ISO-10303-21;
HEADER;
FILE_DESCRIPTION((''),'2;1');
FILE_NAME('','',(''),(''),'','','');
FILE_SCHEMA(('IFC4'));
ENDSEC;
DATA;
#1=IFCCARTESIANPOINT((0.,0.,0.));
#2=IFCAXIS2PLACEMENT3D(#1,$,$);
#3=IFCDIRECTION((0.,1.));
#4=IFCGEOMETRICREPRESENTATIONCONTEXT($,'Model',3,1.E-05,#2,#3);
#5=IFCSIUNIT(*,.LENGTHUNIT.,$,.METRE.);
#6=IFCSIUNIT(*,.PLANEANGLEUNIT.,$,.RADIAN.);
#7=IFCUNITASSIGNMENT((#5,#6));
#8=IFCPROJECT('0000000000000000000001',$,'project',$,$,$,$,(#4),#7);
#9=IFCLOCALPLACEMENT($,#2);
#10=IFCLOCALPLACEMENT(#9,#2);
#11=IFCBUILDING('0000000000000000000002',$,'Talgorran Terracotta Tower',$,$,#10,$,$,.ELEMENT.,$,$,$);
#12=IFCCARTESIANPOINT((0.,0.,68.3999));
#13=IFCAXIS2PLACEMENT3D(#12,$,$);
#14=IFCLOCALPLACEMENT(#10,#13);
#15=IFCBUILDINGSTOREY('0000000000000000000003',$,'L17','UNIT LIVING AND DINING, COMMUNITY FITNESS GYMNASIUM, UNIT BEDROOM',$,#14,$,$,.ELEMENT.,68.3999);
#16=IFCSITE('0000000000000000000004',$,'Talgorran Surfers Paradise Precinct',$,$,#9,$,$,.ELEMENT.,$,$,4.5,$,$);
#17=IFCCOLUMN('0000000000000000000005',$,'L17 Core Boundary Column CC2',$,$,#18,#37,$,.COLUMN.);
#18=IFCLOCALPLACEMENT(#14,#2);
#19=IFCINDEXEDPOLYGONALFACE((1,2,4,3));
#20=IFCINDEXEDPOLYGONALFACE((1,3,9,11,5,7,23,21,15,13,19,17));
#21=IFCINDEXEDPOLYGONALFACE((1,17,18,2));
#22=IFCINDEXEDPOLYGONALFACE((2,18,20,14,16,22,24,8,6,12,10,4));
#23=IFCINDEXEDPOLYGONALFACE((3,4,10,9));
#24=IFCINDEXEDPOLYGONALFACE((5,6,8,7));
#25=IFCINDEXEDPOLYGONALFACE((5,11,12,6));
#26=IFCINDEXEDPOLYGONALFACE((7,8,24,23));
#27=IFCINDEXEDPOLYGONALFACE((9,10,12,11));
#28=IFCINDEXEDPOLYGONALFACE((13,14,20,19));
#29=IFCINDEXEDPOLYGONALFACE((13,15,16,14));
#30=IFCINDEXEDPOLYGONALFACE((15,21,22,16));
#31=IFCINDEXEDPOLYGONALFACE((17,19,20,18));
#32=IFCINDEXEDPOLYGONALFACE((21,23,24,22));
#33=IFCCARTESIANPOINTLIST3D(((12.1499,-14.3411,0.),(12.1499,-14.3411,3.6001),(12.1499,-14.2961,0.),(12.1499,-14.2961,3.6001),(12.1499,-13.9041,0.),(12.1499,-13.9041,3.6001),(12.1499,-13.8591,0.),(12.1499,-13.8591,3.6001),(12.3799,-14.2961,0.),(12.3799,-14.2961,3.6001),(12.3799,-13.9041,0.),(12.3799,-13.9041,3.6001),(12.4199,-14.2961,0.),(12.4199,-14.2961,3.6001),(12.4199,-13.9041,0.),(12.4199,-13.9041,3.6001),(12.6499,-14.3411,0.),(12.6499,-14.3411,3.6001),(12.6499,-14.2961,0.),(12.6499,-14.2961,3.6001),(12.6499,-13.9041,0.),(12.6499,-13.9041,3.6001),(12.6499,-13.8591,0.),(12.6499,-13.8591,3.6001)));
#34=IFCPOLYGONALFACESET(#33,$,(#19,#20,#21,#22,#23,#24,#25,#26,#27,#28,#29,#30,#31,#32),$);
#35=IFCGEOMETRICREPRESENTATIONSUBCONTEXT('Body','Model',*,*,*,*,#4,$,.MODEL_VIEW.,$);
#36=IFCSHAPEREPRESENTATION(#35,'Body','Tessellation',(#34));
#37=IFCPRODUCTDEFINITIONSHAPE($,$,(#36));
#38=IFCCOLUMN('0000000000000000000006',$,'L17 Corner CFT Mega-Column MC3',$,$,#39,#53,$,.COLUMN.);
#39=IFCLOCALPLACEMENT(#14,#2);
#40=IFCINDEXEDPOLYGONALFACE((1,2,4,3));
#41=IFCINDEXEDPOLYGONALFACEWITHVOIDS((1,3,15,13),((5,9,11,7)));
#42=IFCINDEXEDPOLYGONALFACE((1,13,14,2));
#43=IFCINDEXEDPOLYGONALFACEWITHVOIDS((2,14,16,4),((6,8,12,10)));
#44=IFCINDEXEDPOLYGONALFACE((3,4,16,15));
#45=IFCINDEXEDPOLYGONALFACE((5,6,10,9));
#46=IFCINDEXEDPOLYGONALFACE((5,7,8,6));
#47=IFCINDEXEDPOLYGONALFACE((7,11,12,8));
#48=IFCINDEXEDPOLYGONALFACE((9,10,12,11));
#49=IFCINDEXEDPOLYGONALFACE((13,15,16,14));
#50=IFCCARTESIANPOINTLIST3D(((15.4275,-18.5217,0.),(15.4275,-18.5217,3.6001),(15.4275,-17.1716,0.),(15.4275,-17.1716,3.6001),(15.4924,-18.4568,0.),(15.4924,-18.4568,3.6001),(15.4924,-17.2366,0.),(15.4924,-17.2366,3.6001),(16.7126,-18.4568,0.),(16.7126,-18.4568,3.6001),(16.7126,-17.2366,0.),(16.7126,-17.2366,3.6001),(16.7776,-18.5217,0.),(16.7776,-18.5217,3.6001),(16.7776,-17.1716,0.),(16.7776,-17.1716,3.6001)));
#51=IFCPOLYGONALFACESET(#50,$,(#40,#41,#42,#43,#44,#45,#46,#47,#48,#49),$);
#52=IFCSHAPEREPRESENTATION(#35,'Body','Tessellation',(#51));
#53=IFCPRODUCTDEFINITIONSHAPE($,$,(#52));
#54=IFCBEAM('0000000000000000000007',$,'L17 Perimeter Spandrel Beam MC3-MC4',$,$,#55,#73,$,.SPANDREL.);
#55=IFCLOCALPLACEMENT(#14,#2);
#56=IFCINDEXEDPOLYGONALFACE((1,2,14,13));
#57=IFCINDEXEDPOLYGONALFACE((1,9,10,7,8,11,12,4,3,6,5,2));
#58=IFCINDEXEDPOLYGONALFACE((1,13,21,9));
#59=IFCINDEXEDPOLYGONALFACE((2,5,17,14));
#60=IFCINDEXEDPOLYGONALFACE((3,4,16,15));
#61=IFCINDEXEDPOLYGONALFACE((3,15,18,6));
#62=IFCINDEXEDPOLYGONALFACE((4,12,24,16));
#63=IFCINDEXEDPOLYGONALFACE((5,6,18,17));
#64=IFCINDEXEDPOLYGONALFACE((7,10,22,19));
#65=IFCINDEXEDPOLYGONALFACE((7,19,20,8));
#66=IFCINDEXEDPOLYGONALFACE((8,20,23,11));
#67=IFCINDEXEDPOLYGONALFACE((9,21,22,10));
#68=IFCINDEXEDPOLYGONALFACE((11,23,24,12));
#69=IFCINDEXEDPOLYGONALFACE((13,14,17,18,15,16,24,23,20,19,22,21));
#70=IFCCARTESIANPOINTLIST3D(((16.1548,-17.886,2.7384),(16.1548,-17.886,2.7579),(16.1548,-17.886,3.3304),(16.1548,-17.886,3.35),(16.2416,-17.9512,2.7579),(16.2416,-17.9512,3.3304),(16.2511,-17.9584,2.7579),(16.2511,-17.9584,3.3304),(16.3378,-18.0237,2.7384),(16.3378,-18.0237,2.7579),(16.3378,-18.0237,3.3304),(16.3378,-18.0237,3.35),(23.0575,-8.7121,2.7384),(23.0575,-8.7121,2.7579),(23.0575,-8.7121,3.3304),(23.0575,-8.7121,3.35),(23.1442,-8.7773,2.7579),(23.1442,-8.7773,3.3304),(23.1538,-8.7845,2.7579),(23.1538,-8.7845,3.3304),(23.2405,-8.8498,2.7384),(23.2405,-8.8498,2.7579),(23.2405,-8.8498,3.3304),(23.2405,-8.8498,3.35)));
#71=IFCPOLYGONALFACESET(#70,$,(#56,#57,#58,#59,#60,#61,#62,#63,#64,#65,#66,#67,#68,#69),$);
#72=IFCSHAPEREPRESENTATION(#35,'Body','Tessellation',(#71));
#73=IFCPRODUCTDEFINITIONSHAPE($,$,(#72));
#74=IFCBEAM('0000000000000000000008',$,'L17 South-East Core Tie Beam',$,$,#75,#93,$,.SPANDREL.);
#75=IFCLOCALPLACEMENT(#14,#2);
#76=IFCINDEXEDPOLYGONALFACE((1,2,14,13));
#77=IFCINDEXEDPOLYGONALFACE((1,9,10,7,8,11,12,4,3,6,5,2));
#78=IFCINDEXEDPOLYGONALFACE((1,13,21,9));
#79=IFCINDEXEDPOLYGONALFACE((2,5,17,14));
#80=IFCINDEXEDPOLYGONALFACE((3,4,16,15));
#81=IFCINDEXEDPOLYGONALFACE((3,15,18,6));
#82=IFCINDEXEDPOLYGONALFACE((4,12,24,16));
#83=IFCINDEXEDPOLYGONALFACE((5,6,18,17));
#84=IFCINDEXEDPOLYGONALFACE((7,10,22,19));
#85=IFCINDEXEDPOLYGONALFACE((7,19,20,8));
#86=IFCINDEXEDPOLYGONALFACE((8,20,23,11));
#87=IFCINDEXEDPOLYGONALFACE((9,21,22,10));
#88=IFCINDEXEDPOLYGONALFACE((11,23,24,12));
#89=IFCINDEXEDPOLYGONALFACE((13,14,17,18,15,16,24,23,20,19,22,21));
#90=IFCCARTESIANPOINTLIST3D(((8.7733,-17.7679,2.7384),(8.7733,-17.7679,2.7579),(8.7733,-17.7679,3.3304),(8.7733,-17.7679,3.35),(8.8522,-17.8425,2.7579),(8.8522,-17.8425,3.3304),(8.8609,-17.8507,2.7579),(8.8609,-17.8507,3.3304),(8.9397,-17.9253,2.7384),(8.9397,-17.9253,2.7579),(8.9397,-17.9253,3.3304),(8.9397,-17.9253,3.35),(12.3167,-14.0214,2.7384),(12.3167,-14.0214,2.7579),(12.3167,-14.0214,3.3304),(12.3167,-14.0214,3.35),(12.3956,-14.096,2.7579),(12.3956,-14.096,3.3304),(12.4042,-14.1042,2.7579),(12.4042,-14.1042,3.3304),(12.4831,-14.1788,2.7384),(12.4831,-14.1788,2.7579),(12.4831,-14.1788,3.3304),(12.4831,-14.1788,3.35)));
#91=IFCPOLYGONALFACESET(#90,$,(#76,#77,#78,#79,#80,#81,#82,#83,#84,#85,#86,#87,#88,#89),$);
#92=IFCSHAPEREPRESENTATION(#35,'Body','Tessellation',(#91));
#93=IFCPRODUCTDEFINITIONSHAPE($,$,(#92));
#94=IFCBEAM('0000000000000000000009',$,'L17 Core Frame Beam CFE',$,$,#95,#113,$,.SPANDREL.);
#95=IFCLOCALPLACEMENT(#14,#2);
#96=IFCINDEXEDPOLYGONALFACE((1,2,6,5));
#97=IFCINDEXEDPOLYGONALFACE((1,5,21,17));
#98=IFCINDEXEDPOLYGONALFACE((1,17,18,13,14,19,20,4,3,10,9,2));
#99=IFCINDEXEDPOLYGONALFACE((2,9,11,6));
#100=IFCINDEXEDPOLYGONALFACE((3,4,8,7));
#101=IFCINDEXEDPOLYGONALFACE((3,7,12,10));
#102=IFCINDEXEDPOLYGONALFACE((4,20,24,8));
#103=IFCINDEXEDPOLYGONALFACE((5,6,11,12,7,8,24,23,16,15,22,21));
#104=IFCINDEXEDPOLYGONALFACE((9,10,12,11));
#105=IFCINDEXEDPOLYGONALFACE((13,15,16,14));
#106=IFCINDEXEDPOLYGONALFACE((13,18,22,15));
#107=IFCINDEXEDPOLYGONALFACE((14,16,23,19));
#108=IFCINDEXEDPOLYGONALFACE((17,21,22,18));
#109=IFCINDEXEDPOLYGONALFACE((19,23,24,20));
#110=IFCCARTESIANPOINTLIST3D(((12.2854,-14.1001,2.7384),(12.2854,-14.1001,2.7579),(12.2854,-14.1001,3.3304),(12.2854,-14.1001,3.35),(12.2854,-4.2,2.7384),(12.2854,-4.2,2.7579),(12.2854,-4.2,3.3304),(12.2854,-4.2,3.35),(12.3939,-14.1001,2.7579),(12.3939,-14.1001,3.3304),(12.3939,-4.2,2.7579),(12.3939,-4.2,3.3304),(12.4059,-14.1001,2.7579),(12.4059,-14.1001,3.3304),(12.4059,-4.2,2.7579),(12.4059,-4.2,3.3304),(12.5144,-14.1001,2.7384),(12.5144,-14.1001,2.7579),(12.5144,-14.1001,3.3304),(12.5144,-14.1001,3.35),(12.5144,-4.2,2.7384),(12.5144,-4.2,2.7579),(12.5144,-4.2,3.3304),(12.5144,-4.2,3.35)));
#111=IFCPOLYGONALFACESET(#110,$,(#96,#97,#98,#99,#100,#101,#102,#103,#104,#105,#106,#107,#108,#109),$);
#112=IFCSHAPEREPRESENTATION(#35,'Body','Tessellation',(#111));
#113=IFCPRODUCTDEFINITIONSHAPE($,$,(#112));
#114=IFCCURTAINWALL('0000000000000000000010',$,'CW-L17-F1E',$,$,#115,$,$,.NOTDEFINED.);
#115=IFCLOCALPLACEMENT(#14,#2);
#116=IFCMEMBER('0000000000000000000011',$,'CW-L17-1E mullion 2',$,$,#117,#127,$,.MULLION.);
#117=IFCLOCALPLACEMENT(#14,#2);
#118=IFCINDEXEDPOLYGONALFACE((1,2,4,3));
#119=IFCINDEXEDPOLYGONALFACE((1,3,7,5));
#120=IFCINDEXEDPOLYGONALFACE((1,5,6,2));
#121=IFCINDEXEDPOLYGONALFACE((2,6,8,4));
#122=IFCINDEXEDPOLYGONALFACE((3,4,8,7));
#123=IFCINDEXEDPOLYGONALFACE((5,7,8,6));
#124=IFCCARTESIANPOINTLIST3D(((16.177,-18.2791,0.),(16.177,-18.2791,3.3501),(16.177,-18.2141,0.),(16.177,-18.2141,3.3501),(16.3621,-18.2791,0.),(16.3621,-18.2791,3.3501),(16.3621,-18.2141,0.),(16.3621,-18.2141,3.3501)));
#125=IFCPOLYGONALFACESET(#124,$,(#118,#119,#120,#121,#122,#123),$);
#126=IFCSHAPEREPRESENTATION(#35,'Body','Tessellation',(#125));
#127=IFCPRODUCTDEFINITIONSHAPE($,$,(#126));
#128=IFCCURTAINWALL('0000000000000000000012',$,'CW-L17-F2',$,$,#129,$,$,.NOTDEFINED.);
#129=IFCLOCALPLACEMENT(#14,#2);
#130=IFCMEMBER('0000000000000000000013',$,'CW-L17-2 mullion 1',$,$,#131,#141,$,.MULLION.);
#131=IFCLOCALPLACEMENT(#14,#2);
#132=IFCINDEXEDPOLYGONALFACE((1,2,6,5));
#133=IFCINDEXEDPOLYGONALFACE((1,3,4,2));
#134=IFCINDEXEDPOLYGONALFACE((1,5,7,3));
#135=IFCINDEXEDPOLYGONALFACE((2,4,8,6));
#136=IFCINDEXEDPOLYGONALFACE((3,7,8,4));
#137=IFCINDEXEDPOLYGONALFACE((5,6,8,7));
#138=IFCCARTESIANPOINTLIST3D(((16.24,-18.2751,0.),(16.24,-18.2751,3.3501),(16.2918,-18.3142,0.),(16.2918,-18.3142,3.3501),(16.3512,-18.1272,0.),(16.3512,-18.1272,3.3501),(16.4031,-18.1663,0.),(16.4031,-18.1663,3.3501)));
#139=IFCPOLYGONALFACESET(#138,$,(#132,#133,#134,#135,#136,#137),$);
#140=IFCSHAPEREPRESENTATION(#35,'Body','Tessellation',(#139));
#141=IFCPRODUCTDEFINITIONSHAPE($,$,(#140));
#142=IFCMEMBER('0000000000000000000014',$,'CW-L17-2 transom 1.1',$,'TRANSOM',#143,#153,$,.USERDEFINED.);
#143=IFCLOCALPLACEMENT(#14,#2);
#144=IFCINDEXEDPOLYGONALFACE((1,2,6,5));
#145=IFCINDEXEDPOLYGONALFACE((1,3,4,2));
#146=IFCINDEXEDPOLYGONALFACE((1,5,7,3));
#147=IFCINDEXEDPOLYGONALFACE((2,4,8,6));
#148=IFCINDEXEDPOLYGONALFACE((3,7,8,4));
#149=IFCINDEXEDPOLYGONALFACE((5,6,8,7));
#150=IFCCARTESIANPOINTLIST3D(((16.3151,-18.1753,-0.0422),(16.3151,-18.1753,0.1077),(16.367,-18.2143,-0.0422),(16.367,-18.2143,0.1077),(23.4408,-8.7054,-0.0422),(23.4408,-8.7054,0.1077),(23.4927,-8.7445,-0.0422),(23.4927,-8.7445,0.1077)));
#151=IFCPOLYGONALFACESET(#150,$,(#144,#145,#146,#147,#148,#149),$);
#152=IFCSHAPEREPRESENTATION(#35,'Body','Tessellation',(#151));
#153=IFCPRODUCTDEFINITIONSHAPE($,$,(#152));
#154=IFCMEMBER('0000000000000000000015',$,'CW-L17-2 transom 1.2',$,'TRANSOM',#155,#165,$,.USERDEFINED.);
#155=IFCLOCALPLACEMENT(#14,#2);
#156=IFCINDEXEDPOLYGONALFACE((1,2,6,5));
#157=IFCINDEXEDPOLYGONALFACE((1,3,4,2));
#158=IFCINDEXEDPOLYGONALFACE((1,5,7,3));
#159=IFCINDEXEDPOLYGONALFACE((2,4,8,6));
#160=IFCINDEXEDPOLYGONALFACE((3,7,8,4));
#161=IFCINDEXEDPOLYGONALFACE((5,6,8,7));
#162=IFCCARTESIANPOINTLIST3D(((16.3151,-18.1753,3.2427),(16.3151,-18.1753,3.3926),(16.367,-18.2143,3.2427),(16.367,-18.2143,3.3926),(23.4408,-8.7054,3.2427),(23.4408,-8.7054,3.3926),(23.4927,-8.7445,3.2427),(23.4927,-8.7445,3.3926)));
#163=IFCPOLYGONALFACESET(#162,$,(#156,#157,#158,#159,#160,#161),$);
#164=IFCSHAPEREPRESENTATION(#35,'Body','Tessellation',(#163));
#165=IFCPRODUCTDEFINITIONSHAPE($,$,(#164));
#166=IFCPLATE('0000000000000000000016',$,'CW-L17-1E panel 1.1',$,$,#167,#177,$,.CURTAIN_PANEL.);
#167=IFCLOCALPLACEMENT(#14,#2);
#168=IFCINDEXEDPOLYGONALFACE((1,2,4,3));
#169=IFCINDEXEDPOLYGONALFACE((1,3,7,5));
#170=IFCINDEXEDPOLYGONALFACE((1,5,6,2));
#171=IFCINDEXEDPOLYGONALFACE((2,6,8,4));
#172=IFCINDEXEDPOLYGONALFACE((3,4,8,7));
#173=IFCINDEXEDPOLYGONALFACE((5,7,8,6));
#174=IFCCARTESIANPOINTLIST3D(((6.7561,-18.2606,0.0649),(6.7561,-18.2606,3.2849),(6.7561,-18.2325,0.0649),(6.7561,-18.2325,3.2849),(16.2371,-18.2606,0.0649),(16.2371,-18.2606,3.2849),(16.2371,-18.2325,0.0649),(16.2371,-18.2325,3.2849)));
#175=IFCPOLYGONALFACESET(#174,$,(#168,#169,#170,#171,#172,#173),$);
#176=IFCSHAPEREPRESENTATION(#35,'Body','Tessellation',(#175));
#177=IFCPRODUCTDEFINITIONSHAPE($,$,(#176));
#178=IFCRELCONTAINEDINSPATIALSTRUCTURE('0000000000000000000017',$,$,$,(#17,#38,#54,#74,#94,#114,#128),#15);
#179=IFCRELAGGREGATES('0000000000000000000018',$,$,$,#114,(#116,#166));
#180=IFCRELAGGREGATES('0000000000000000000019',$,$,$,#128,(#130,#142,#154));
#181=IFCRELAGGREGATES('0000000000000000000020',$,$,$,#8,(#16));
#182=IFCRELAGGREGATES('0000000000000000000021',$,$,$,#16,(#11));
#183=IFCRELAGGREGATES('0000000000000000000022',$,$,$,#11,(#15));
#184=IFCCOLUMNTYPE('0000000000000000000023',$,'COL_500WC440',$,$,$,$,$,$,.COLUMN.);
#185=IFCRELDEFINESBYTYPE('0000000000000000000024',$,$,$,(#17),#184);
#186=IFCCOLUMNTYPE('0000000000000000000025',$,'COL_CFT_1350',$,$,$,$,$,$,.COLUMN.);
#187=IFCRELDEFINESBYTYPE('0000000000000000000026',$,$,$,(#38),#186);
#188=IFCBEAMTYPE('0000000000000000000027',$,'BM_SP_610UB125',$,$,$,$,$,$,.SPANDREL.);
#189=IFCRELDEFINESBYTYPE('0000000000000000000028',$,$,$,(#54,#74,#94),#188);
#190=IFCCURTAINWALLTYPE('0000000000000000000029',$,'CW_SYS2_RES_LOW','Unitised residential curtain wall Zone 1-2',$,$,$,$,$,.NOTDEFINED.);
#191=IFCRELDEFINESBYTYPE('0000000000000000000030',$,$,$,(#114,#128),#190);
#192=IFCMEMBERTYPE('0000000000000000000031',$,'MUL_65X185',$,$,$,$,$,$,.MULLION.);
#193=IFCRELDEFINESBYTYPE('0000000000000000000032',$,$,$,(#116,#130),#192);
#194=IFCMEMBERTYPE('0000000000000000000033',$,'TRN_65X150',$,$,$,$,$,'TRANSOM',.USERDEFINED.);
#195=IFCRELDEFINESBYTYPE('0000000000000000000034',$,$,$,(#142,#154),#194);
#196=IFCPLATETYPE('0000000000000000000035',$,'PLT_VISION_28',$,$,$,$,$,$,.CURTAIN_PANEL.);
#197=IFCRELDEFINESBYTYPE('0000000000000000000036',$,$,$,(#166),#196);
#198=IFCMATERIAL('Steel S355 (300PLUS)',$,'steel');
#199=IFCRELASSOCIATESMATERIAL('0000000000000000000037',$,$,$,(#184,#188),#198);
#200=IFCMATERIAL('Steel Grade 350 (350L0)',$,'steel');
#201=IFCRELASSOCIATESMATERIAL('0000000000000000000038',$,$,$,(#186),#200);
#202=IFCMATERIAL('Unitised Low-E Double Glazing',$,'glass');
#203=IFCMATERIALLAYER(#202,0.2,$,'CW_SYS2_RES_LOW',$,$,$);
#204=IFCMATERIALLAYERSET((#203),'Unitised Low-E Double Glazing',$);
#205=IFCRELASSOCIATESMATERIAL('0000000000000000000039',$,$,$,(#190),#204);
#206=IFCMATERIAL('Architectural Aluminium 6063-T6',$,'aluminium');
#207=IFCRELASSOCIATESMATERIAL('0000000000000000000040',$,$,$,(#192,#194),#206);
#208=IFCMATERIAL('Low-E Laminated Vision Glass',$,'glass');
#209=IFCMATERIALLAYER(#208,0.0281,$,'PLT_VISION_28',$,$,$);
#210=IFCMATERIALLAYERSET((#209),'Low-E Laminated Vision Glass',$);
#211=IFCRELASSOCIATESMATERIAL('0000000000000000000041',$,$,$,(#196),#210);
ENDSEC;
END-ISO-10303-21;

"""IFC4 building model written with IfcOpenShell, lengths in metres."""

from ifc_helpers import new_model, si_unit, direction, frame, origin, origin_2d, place, context, subcontext, project, spatial, rectangle, hollow_rectangle, i_section, extrude, source, transform, mapped, material, layer, layer_set, material_profile, profile_set, type_object, element, aggregate, save


model = new_model("IFC4")

# Units and contexts
model_context = context("Model", 3, precision=1e-05, world=origin(), true_north=direction((0.0, 1.0)))
body_context = subcontext(model_context, "Body", "Model", "MODEL_VIEW")
ifc_project = project(units=[si_unit("LENGTHUNIT", "METRE"), si_unit("PLANEANGLEUNIT", "RADIAN")], contexts=[model_context])

# Site, building, storey
site_placement = place(None, origin())
site = spatial("IfcSite", under=ifc_project, at=site_placement, Name="Talgorran Surfers Paradise Precinct", CompositionType="ELEMENT", RefElevation=4.5)
building_placement = place(site_placement, origin())
building = spatial("IfcBuilding", under=site, at=building_placement, Name="Talgorran Terracotta Tower", CompositionType="ELEMENT")
storey_placement = place(building_placement, frame((0.0, 0.0, 68.3999)))
storey = spatial("IfcBuildingStorey", under=building, at=storey_placement, Name="L17", Description="UNIT LIVING AND DINING, COMMUNITY FITNESS GYMNASIUM, UNIT BEDROOM", CompositionType="ELEMENT", Elevation=68.3999)

# Columns
ifc_material_1 = material(Name="Steel S355 (300PLUS)", Category="steel")
ifc_material_profile_1 = material_profile(ifc_material_1, i_section(OverallWidth=0.5, OverallDepth=0.4819, WebThickness=0.04, FlangeThickness=0.0449, at=origin_2d()), Name="500WC440")
ifc_profile_set_1 = profile_set([ifc_material_profile_1], Name="Steel S355 (300PLUS)")
column_type_1 = type_object("IfcColumnType", Name="COL_500WC440", PredefinedType="COLUMN", material=ifc_profile_set_1)
column_1_placement = place(storey_placement, frame((12.3999, -14.1001, 0.0), z_axis=(0.0, 0.0, 1.0), x_axis=(1.0, 0.0, 0.0)))
element("IfcColumn", 1, at=column_1_placement, inside=storey, type_object=column_type_1, Name="L17 Core Boundary Column CC2", PredefinedType="COLUMN", context=body_context, shape_type="SweptSolid", body=[
    extrude(i_section(OverallWidth=0.5, OverallDepth=0.4819, WebThickness=0.04, FlangeThickness=0.0449, at=origin_2d()), origin(), (0.0, 0.0, 1.0), 3.6001),
])
ifc_material_2 = material(Name="Steel Grade 350 (350L0)", Category="steel")
ifc_material_profile_2 = material_profile(ifc_material_2, hollow_rectangle(XDim=1.3501, YDim=1.3501, WallThickness=0.0649, at=origin_2d()), Name="CFT1350X1350X65")
ifc_profile_set_2 = profile_set([ifc_material_profile_2], Name="Steel Grade 350 (350L0)")
column_type_2 = type_object("IfcColumnType", Name="COL_CFT_1350", PredefinedType="COLUMN", material=ifc_profile_set_2)
column_2_placement = place(storey_placement, frame((16.1025, -17.8467, 0.0), z_axis=(0.0, 0.0, 1.0), x_axis=(1.0, 0.0, 0.0)))
element("IfcColumn", 2, at=column_2_placement, inside=storey, type_object=column_type_2, Name="L17 Corner CFT Mega-Column MC3", PredefinedType="COLUMN", context=body_context, shape_type="SweptSolid", body=[
    extrude(hollow_rectangle(XDim=1.3501, YDim=1.3501, WallThickness=0.0649, at=origin_2d()), origin(), (0.0, 0.0, 1.0), 3.6001),
])

# Beams
ifc_material_profile_3 = material_profile(ifc_material_1, i_section(OverallWidth=0.229, OverallDepth=0.6116, WebThickness=0.012, FlangeThickness=0.0195, at=origin_2d()), Name="610UB125")
ifc_profile_set_3 = profile_set([ifc_material_profile_3], Name="Steel S355 (300PLUS)")
beam_type = type_object("IfcBeamType", Name="BM_SP_610UB125", PredefinedType="SPANDREL", material=ifc_profile_set_3)
beam_1_placement = place(storey_placement, frame((16.2463, -17.9548, 3.0442), z_axis=(0.601238, 0.79907, 0.0), x_axis=(-0.79907, 0.601238, 0.0)))
element("IfcBeam", 3, at=beam_1_placement, inside=storey, type_object=beam_type, Name="L17 Perimeter Spandrel Beam MC3-MC4", PredefinedType="SPANDREL", context=body_context, shape_type="SweptSolid", body=[
    extrude(i_section(OverallWidth=0.229, OverallDepth=0.6116, WebThickness=0.012, FlangeThickness=0.0195, at=origin_2d()), origin(), (0.0, 0.0, 1.0), 11.4807),
])
beam_2_placement = place(storey_placement, frame((12.3999, -14.1001, 3.0442), z_axis=(-0.687138, -0.726527, 0.0), x_axis=(0.726527, -0.687138, 0.0)))
element("IfcBeam", 4, at=beam_2_placement, inside=storey, type_object=beam_type, Name="L17 South-East Core Tie Beam", PredefinedType="SPANDREL", context=body_context, shape_type="SweptSolid", body=[
    extrude(i_section(OverallWidth=0.229, OverallDepth=0.6116, WebThickness=0.012, FlangeThickness=0.0195, at=origin_2d()), origin(), (0.0, 0.0, 1.0), 5.1567),
])
beam_3_placement = place(storey_placement, frame((12.3999, -14.1001, 3.0442), z_axis=(0.0, 1.0, 0.0), x_axis=(-1.0, 0.0, 0.0)))
element("IfcBeam", 5, at=beam_3_placement, inside=storey, type_object=beam_type, Name="L17 Core Frame Beam CFE", PredefinedType="SPANDREL", context=body_context, shape_type="SweptSolid", body=[
    extrude(i_section(OverallWidth=0.229, OverallDepth=0.6116, WebThickness=0.012, FlangeThickness=0.0195, at=origin_2d()), origin(), (0.0, 0.0, 1.0), 9.9001),
])

# Curtain wall, member
ifc_material_3 = material(Name="Unitised Low-E Double Glazing", Category="glass")
ifc_layer_1 = layer(ifc_material_3, 0.2, Name="CW_SYS2_RES_LOW")
ifc_layer_set_1 = layer_set([ifc_layer_1], Name="Unitised Low-E Double Glazing")
curtain_wall_type = type_object("IfcCurtainWallType", Name="CW_SYS2_RES_LOW", Description="Unitised residential curtain wall Zone 1-2", PredefinedType="NOTDEFINED", material=ifc_layer_set_1)
curtain_wall_1_placement = place(storey_placement, origin())
curtain_wall_1 = element("IfcCurtainWall", 6, at=curtain_wall_1_placement, inside=storey, type_object=curtain_wall_type, Name="CW-L17-F1E", PredefinedType="NOTDEFINED")
ifc_material_4 = material(Name="Architectural Aluminium 6063-T6", Category="aluminium")
ifc_material_profile_4 = material_profile(ifc_material_4, rectangle(XDim=0.0649, YDim=0.1851, at=origin_2d()), Name="CWM65X185")
ifc_profile_set_4 = profile_set([ifc_material_profile_4], Name="Architectural Aluminium 6063-T6")
member_type_1 = type_object("IfcMemberType", Name="MUL_65X185", PredefinedType="MULLION", material=ifc_profile_set_4)
member_1_placement = place(storey_placement, frame((16.2695, -18.2466, 0.0), z_axis=(0.0, 0.0, 1.0), x_axis=(0.0, 1.0, 0.0)))
member_1 = element("IfcMember", 7, at=member_1_placement, type_object=member_type_1, Name="CW-L17-1E mullion 2", PredefinedType="MULLION", context=body_context, shape_type="SweptSolid", body=[
    extrude(rectangle(XDim=0.0649, YDim=0.1851, at=origin_2d()), origin(), (0.0, 0.0, 1.0), 3.3501),
])

# Curtain wall, members
curtain_wall_2_placement = place(storey_placement, origin())
curtain_wall_2 = element("IfcCurtainWall", 8, at=curtain_wall_2_placement, inside=storey, type_object=curtain_wall_type, Name="CW-L17-F2", PredefinedType="NOTDEFINED")
member_2_placement = place(storey_placement, frame((16.3215, -18.2207, 0.0), z_axis=(0.0, 0.0, 1.0), x_axis=(-0.799067, 0.601243, 0.0)))
member_2 = element("IfcMember", 9, at=member_2_placement, type_object=member_type_1, Name="CW-L17-2 mullion 1", PredefinedType="MULLION", context=body_context, shape_type="SweptSolid", body=[
    extrude(rectangle(XDim=0.0649, YDim=0.1851, at=origin_2d()), origin(), (0.0, 0.0, 1.0), 3.3501),
])
ifc_material_profile_5 = material_profile(ifc_material_4, rectangle(XDim=0.0649, YDim=0.1499, at=origin_2d()), Name="CWT65X150")
ifc_profile_set_5 = profile_set([ifc_material_profile_5], Name="Architectural Aluminium 6063-T6")
member_type_2 = type_object("IfcMemberType", Name="TRN_65X150", ElementType="TRANSOM", PredefinedType="USERDEFINED", material=ifc_profile_set_5)
member_3_placement = place(storey_placement, frame((16.3411, -18.1948, 0.0327), z_axis=(0.601255, 0.799057, 0.0), x_axis=(-0.799057, 0.601255, 0.0)))
member_3 = element("IfcMember", 10, at=member_3_placement, type_object=member_type_2, Name="CW-L17-2 transom 1.1", ObjectType="TRANSOM", PredefinedType="USERDEFINED", context=body_context, shape_type="SweptSolid", body=[
    extrude(rectangle(XDim=0.0649, YDim=0.1499, at=origin_2d()), origin(), (0.0, 0.0, 1.0), 11.8513),
])
member_4_placement = place(storey_placement, frame((16.3411, -18.1948, 3.3176), z_axis=(0.601255, 0.799057, 0.0), x_axis=(-0.799057, 0.601255, 0.0)))
member_4 = element("IfcMember", 11, at=member_4_placement, type_object=member_type_2, Name="CW-L17-2 transom 1.2", ObjectType="TRANSOM", PredefinedType="USERDEFINED", context=body_context, shape_type="SweptSolid", body=[
    extrude(rectangle(XDim=0.0649, YDim=0.1499, at=origin_2d()), origin(), (0.0, 0.0, 1.0), 11.8513),
])

# Plate
ifc_material_5 = material(Name="Low-E Laminated Vision Glass", Category="glass")
ifc_layer_2 = layer(ifc_material_5, 0.0281, Name="PLT_VISION_28")
ifc_layer_set_2 = layer_set([ifc_layer_2], Name="Low-E Laminated Vision Glass")
plate_type = type_object("IfcPlateType", Name="PLT_VISION_28", PredefinedType="CURTAIN_PANEL", material=ifc_layer_set_2)
shared_shape_1 = source(origin(), body_context, "Body", "SweptSolid", [
    extrude(rectangle(XDim=9.481, YDim=0.0281, at=origin_2d()), origin(), (0.0, 0.0, 1.0), 3.22),
])
plate_1_placement = place(storey_placement, frame((11.4966, -18.2466, 0.0649), z_axis=(0.0, 0.0, 1.0), x_axis=(1.0, 0.0, 0.0)))
plate_1 = element("IfcPlate", 12, at=plate_1_placement, type_object=plate_type, Name="CW-L17-1E panel 1.1", PredefinedType="CURTAIN_PANEL", context=body_context, shape_type="MappedRepresentation", body=[
    mapped(shared_shape_1, transform((0.0, 0.0, 0.0), scale=1.0)),
])
aggregate(curtain_wall_1, [member_1, plate_1])
aggregate(curtain_wall_2, [member_2, member_3, member_4])

save(model, "model.ifc")
